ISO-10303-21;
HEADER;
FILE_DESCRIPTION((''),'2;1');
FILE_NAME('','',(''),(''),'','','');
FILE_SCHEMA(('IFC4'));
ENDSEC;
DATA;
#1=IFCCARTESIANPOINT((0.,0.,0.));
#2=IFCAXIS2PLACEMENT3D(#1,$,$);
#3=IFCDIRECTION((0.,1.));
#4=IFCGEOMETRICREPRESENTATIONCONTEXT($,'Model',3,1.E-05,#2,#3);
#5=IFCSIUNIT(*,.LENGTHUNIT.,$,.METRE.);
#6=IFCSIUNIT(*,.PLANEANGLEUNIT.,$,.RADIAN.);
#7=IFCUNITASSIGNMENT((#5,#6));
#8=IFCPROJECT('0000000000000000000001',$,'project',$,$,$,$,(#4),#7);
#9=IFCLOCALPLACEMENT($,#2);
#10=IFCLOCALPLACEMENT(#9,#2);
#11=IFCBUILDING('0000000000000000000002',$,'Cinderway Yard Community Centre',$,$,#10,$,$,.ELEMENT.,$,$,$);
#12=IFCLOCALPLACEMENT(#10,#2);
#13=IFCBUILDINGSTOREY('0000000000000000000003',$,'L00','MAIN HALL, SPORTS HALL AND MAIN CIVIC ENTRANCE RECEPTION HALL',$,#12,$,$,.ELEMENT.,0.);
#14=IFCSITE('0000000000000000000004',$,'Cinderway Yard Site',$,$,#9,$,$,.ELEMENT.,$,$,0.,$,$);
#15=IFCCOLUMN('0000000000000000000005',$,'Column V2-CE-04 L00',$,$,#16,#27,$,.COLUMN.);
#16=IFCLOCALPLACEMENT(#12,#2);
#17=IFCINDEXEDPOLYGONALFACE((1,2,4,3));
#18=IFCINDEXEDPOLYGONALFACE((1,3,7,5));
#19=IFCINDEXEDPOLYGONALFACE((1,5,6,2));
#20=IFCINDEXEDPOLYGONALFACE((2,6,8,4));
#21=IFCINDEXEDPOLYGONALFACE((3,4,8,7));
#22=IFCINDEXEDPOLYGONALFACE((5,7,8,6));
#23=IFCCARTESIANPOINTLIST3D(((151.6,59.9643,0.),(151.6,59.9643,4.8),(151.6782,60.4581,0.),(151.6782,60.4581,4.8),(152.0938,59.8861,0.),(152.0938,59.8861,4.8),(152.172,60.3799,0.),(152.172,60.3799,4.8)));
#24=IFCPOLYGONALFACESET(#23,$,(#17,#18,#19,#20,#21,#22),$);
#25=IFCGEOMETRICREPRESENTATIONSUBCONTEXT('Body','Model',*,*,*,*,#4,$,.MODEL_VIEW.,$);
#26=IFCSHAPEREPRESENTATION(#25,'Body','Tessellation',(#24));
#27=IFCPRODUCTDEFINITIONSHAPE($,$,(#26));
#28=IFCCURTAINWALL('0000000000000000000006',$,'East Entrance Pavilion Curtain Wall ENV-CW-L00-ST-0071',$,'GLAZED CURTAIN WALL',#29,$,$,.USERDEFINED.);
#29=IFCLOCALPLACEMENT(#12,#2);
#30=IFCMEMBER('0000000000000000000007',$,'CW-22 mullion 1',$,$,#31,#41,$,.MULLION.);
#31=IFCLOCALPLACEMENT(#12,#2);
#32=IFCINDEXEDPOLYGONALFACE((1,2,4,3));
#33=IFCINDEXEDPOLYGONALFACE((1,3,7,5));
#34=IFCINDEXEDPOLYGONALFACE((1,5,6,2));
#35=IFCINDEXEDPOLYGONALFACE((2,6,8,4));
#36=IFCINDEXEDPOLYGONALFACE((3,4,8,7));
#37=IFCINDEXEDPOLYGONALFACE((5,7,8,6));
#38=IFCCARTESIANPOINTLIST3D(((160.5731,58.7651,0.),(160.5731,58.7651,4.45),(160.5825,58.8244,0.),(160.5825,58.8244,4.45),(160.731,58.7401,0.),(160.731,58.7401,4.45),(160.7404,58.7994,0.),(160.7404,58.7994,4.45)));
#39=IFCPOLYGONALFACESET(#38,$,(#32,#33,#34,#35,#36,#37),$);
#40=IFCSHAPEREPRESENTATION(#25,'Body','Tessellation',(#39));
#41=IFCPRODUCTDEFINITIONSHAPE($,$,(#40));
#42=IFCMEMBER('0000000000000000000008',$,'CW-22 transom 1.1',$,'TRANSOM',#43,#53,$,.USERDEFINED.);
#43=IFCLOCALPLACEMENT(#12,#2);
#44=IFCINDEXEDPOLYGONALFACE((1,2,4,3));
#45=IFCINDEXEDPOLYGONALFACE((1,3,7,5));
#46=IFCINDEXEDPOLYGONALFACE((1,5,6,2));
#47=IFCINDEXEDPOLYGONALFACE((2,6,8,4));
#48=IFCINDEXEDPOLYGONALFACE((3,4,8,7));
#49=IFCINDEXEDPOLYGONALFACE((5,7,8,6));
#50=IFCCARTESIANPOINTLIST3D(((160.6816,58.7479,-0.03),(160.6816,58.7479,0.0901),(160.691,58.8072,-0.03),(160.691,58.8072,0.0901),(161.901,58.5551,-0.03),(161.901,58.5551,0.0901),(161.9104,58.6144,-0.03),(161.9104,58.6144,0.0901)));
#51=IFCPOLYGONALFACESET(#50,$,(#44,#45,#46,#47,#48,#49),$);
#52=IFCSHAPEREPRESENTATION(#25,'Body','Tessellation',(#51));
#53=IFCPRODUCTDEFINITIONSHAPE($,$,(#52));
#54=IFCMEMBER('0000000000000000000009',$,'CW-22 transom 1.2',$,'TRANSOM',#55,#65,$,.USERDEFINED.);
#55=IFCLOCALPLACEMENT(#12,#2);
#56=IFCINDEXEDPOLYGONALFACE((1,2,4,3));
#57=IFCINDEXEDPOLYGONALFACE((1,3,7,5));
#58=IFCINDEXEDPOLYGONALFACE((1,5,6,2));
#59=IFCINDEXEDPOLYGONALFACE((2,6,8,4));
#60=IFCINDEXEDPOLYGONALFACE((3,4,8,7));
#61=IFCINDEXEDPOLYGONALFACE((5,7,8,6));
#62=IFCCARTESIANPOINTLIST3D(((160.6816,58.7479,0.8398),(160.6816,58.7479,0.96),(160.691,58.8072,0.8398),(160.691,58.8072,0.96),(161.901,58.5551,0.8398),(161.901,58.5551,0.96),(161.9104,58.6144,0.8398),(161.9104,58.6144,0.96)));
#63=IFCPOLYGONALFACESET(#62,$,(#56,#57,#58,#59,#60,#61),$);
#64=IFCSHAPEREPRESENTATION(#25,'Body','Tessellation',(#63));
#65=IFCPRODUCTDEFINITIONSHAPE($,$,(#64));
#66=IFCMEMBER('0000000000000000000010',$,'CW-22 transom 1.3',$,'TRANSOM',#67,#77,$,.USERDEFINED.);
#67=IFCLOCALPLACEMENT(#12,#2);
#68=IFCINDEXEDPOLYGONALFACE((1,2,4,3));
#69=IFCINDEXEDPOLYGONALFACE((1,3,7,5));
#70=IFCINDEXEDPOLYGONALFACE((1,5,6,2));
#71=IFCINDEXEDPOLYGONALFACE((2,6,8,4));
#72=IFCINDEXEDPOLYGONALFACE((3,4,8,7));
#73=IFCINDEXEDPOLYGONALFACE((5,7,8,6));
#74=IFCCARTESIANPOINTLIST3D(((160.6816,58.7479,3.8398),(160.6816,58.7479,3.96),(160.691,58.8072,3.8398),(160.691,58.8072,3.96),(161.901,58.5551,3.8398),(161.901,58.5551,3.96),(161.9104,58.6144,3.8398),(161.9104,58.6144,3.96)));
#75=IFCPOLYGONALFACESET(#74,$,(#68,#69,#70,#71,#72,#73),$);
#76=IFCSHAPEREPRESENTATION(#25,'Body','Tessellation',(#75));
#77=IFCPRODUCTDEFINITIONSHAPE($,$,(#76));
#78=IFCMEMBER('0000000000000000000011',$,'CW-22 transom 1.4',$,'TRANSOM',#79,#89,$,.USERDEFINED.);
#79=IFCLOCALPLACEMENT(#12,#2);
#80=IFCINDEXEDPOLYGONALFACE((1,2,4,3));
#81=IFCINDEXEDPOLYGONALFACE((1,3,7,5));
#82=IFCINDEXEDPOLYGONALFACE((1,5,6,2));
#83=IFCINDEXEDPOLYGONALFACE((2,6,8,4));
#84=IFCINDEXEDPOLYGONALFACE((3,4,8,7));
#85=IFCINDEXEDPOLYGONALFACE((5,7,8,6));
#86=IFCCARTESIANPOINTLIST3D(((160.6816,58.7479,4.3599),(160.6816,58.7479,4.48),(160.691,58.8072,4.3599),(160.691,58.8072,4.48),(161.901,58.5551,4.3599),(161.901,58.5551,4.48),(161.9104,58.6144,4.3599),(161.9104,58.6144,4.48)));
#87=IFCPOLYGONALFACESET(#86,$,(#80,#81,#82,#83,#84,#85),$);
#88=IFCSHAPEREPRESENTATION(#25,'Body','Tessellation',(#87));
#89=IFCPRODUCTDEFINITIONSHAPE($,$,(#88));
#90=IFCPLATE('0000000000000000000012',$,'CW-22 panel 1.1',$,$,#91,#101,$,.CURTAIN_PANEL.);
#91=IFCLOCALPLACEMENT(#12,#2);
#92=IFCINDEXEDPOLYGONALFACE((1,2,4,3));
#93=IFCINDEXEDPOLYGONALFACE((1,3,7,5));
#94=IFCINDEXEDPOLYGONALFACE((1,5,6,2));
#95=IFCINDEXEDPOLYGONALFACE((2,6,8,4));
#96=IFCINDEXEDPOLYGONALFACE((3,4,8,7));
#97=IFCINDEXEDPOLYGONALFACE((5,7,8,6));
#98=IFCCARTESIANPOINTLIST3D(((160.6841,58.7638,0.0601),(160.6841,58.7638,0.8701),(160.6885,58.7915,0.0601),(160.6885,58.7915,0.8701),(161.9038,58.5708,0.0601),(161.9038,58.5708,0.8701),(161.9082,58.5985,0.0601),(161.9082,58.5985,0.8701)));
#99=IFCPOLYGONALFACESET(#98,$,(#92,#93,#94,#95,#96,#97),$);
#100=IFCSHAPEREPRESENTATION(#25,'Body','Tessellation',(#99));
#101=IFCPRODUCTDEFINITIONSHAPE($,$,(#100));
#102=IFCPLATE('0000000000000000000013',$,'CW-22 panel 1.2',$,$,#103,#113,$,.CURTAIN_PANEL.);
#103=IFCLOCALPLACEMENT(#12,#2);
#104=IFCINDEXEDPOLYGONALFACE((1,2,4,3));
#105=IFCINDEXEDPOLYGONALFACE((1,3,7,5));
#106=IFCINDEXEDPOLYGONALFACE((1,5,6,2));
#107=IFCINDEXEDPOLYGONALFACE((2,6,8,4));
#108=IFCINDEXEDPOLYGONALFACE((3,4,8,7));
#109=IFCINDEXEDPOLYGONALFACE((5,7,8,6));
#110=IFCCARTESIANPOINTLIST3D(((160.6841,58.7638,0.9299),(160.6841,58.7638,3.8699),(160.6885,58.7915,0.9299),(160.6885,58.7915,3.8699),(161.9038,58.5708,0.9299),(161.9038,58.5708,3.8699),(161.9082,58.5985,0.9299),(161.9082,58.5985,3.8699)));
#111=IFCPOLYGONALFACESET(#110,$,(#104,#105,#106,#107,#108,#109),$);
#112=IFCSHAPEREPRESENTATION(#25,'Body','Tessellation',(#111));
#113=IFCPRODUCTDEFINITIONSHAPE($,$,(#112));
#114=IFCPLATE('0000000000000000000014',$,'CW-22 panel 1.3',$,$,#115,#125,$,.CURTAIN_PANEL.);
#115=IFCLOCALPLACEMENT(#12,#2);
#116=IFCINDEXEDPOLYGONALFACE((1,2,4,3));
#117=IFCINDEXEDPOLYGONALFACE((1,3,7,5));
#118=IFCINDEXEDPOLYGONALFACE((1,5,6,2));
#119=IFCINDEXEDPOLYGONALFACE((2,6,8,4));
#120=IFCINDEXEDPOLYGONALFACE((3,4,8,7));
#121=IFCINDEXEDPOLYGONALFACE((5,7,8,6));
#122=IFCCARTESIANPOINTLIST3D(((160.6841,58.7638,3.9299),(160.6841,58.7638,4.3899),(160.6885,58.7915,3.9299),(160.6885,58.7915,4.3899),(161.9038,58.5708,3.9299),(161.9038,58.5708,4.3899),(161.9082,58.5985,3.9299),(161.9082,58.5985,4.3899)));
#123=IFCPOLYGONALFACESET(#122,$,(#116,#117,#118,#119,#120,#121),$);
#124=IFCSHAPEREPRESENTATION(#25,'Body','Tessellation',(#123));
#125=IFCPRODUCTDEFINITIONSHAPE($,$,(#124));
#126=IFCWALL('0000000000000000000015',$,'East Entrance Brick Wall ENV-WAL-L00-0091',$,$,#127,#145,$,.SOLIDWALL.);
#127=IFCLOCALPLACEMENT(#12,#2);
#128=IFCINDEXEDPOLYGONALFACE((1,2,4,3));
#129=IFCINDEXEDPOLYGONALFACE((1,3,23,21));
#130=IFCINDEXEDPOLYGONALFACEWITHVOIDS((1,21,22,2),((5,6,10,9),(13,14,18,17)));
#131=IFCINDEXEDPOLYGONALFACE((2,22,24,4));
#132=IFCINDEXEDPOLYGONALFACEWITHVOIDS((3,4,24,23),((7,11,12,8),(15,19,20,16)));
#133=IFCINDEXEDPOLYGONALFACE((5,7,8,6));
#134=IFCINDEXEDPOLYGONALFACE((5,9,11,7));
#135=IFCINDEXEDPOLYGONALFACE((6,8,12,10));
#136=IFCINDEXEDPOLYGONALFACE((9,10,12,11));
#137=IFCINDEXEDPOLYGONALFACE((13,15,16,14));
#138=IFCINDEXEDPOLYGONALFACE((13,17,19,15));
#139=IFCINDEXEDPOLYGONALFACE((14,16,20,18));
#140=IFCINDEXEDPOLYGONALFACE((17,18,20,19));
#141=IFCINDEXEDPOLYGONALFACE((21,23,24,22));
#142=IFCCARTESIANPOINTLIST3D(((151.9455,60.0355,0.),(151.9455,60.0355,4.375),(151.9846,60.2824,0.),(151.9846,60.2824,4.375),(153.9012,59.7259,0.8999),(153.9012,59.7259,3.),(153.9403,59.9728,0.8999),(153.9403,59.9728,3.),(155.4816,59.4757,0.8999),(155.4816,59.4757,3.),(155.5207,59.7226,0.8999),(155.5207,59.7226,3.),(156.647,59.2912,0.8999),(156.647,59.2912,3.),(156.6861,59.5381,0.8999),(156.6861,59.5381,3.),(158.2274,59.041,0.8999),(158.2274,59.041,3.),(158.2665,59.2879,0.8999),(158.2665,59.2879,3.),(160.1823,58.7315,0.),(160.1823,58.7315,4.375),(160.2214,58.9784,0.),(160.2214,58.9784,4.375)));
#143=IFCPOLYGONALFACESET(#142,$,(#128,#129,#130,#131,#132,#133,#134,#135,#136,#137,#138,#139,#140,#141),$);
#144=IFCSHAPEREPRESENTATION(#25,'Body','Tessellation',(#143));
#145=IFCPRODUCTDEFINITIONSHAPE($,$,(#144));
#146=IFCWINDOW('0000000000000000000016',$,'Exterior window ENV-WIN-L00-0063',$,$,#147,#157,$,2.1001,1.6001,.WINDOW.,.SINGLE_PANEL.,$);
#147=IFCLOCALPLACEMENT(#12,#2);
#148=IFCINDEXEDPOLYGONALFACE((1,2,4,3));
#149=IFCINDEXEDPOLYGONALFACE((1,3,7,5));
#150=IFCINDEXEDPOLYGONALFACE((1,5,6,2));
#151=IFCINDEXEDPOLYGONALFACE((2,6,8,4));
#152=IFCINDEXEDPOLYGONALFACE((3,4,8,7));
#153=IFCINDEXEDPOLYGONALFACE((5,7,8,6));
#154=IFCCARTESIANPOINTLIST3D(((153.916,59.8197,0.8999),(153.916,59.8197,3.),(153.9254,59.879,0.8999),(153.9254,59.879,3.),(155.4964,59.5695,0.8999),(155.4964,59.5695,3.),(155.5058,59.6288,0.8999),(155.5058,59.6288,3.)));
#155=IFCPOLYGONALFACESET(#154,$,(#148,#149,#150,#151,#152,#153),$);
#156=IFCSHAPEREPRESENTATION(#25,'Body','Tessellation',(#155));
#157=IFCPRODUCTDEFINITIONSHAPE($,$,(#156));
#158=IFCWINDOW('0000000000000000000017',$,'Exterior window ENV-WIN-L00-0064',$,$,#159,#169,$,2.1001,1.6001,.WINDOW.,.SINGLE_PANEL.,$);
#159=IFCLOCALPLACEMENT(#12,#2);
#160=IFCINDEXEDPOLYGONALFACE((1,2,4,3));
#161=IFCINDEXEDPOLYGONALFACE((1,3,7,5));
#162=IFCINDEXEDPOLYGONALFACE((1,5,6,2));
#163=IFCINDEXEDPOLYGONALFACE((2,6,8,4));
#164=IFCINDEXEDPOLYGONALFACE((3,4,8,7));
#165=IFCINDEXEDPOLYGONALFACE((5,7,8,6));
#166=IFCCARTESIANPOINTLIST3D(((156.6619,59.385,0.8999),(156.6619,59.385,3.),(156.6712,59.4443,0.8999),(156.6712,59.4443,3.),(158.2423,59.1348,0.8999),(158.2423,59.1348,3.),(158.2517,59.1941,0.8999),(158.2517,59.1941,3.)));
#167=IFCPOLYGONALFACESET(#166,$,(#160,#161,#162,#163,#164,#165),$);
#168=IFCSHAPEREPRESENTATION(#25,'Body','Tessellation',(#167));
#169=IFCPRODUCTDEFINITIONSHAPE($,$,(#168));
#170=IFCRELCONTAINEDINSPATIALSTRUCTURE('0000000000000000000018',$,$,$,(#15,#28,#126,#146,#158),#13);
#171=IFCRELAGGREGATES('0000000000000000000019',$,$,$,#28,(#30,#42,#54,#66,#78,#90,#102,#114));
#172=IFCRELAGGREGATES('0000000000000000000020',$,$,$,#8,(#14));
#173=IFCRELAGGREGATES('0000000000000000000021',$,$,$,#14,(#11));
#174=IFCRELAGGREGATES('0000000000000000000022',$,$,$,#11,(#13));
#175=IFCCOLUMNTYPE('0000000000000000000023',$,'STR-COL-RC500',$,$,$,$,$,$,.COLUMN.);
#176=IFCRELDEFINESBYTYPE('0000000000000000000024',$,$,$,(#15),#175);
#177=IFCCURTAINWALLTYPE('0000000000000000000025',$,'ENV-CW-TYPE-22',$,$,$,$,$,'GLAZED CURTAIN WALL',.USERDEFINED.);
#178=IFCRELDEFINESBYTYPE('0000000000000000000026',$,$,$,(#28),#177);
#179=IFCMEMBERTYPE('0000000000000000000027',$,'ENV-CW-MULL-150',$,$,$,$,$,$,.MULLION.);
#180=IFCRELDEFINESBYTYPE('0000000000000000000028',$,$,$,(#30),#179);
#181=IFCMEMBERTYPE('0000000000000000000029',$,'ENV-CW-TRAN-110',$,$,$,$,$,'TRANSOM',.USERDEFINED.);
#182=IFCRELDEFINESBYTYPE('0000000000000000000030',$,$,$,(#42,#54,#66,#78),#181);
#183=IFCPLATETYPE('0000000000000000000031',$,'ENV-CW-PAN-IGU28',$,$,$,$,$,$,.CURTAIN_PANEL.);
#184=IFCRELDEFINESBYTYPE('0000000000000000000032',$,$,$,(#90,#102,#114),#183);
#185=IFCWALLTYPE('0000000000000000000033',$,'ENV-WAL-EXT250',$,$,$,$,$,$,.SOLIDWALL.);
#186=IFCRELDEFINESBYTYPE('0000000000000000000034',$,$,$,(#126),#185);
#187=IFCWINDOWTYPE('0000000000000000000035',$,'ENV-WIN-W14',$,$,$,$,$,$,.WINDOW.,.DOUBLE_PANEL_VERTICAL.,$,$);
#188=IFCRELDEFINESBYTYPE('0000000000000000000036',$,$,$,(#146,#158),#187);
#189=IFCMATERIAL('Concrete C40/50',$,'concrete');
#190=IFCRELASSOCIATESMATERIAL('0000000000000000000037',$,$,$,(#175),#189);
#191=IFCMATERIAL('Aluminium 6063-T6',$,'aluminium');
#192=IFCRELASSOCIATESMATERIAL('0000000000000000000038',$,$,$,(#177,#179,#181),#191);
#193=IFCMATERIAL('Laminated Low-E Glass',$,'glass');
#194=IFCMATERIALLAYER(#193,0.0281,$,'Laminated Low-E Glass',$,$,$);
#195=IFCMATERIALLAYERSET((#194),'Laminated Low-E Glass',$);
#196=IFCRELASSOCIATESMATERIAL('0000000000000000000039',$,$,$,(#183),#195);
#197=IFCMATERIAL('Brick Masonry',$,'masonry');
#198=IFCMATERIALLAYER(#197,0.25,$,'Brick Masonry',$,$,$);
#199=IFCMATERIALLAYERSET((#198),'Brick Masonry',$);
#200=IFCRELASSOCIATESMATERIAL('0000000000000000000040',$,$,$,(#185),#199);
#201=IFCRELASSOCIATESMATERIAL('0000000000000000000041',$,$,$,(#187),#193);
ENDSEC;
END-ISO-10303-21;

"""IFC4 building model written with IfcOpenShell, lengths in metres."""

from ifc_helpers import new_model, si_unit, direction, frame, frame_2d, origin, origin_2d, place, context, subcontext, project, spatial, rectangle, extrude, material, layer, layer_set, material_profile, profile_set, type_object, element, fill, aggregate, save


model = new_model("IFC4")

# Units and contexts
model_context = context("Model", 3, precision=1e-05, world=origin(), true_north=direction((0.0, 1.0)))
body_context = subcontext(model_context, "Body", "Model", "MODEL_VIEW")
ifc_project = project(units=[si_unit("LENGTHUNIT", "METRE"), si_unit("PLANEANGLEUNIT", "RADIAN")], contexts=[model_context])

# Site, building, storey
site_placement = place(None, origin())
site = spatial("IfcSite", under=ifc_project, at=site_placement, Name="Cinderway Yard Site", CompositionType="ELEMENT", RefElevation=0.0)
building_placement = place(site_placement, origin())
building = spatial("IfcBuilding", under=site, at=building_placement, Name="Cinderway Yard Community Centre", CompositionType="ELEMENT")
storey_placement = place(building_placement, origin())
storey = spatial("IfcBuildingStorey", under=building, at=storey_placement, Name="L00", Description="MAIN HALL, SPORTS HALL AND MAIN CIVIC ENTRANCE RECEPTION HALL", CompositionType="ELEMENT", Elevation=0.0)

# Shared definitions
ifc_material_1 = material(Name="Concrete C40/50", Category="concrete")

# Column
ifc_material_profile_1 = material_profile(ifc_material_1, rectangle(XDim=0.5, YDim=0.5, at=origin_2d()), Name="Concrete C40/50")
ifc_profile_set_1 = profile_set([ifc_material_profile_1], Name="Concrete C40/50")
column_type_1 = type_object("IfcColumnType", Name="STR-COL-RC500", PredefinedType="COLUMN", material=ifc_profile_set_1)
column_1_placement = place(storey_placement, frame((151.886, 60.1721, 0.0), z_axis=(0.0, 0.0, 1.0), x_axis=(0.987688, -0.156434, 0.0)))
element("IfcColumn", 1, at=column_1_placement, inside=storey, type_object=column_type_1, Name="Column V2-CE-04 L00", PredefinedType="COLUMN", context=body_context, shape_type="SweptSolid", body=[
    extrude(rectangle(XDim=0.5, YDim=0.5, at=origin_2d()), origin(), (0.0, 0.0, 1.0), 4.8),
])

# Curtain wall, members, plates
ifc_material_2 = material(Name="Aluminium 6063-T6", Category="aluminium")
curtain_wall_type = type_object("IfcCurtainWallType", Name="ENV-CW-TYPE-22", ElementType="GLAZED CURTAIN WALL", PredefinedType="USERDEFINED", material=ifc_material_2)
curtain_wall_placement = place(storey_placement, origin())
curtain_wall = element("IfcCurtainWall", 2, at=curtain_wall_placement, inside=storey, type_object=curtain_wall_type, Name="East Entrance Pavilion Curtain Wall ENV-CW-L00-ST-0071", ObjectType="GLAZED CURTAIN WALL", PredefinedType="USERDEFINED")
ifc_material_profile_2 = material_profile(ifc_material_2, rectangle(XDim=0.0601, YDim=0.1599, at=origin_2d()), Name="Aluminium 6063-T6")
ifc_profile_set_2 = profile_set([ifc_material_profile_2], Name="Aluminium 6063-T6")
member_type_1 = type_object("IfcMemberType", Name="ENV-CW-MULL-150", PredefinedType="MULLION", material=ifc_profile_set_2)
member_1_placement = place(storey_placement, frame((160.6567, 58.7822, 0.0), z_axis=(0.0, 0.0, 1.0), x_axis=(0.156253, 0.987717, 0.0)))
member_1 = element("IfcMember", 3, at=member_1_placement, type_object=member_type_1, Name="CW-22 mullion 1", PredefinedType="MULLION", context=body_context, shape_type="SweptSolid", body=[
    extrude(rectangle(XDim=0.0601, YDim=0.1599, at=origin_2d()), origin(), (0.0, 0.0, 1.0), 4.45),
])
ifc_material_profile_3 = material_profile(ifc_material_2, rectangle(XDim=0.0601, YDim=0.1201, at=origin_2d()), Name="Aluminium 6063-T6")
ifc_profile_set_3 = profile_set([ifc_material_profile_3], Name="Aluminium 6063-T6")
member_type_2 = type_object("IfcMemberType", Name="ENV-CW-TRAN-110", ElementType="TRANSOM", PredefinedType="USERDEFINED", material=ifc_profile_set_3)
member_2_placement = place(storey_placement, frame((160.6863, 58.7776, 0.03), z_axis=(0.987723, -0.156216, 0.0), x_axis=(0.156216, 0.987723, 0.0)))
member_2 = element("IfcMember", 4, at=member_2_placement, type_object=member_type_2, Name="CW-22 transom 1.1", ObjectType="TRANSOM", PredefinedType="USERDEFINED", context=body_context, shape_type="SweptSolid", body=[
    extrude(rectangle(XDim=0.0601, YDim=0.1201, at=origin_2d()), origin(), (0.0, 0.0, 1.0), 1.2346),
])
member_3_placement = place(storey_placement, frame((160.6863, 58.7776, 0.8999), z_axis=(0.987723, -0.156216, 0.0), x_axis=(0.156216, 0.987723, 0.0)))
member_3 = element("IfcMember", 5, at=member_3_placement, type_object=member_type_2, Name="CW-22 transom 1.2", ObjectType="TRANSOM", PredefinedType="USERDEFINED", context=body_context, shape_type="SweptSolid", body=[
    extrude(rectangle(XDim=0.0601, YDim=0.1201, at=origin_2d()), origin(), (0.0, 0.0, 1.0), 1.2346),
])
member_4_placement = place(storey_placement, frame((160.6863, 58.7776, 3.8999), z_axis=(0.987723, -0.156216, 0.0), x_axis=(0.156216, 0.987723, 0.0)))
member_4 = element("IfcMember", 6, at=member_4_placement, type_object=member_type_2, Name="CW-22 transom 1.3", ObjectType="TRANSOM", PredefinedType="USERDEFINED", context=body_context, shape_type="SweptSolid", body=[
    extrude(rectangle(XDim=0.0601, YDim=0.1201, at=origin_2d()), origin(), (0.0, 0.0, 1.0), 1.2346),
])
member_5_placement = place(storey_placement, frame((160.6863, 58.7776, 4.4199), z_axis=(0.987723, -0.156216, 0.0), x_axis=(0.156216, 0.987723, 0.0)))
member_5 = element("IfcMember", 7, at=member_5_placement, type_object=member_type_2, Name="CW-22 transom 1.4", ObjectType="TRANSOM", PredefinedType="USERDEFINED", context=body_context, shape_type="SweptSolid", body=[
    extrude(rectangle(XDim=0.0601, YDim=0.1201, at=origin_2d()), origin(), (0.0, 0.0, 1.0), 1.2346),
])
ifc_material_3 = material(Name="Laminated Low-E Glass", Category="glass")
ifc_layer_1 = layer(ifc_material_3, 0.0281, Name="Laminated Low-E Glass")
ifc_layer_set_1 = layer_set([ifc_layer_1], Name="Laminated Low-E Glass")
plate_type = type_object("IfcPlateType", Name="ENV-CW-PAN-IGU28", PredefinedType="CURTAIN_PANEL", material=ifc_layer_set_1)
plate_1_placement = place(storey_placement, frame((161.2961, 58.6812, 0.0601), z_axis=(0.0, 0.0, 1.0), x_axis=(0.987717, -0.156253, 0.0)))
plate_1 = element("IfcPlate", 8, at=plate_1_placement, type_object=plate_type, Name="CW-22 panel 1.1", PredefinedType="CURTAIN_PANEL", context=body_context, shape_type="SweptSolid", body=[
    extrude(rectangle(XDim=1.2349, YDim=0.0281, at=origin_2d()), origin(), (0.0, 0.0, 1.0), 0.8101),
])
plate_2_placement = place(storey_placement, frame((161.2961, 58.6812, 0.9299), z_axis=(0.0, 0.0, 1.0), x_axis=(0.987717, -0.156253, 0.0)))
plate_2 = element("IfcPlate", 9, at=plate_2_placement, type_object=plate_type, Name="CW-22 panel 1.2", PredefinedType="CURTAIN_PANEL", context=body_context, shape_type="SweptSolid", body=[
    extrude(rectangle(XDim=1.2349, YDim=0.0281, at=origin_2d()), origin(), (0.0, 0.0, 1.0), 2.9399),
])
plate_3_placement = place(storey_placement, frame((161.2961, 58.6812, 3.9299), z_axis=(0.0, 0.0, 1.0), x_axis=(0.987717, -0.156253, 0.0)))
plate_3 = element("IfcPlate", 10, at=plate_3_placement, type_object=plate_type, Name="CW-22 panel 1.3", PredefinedType="CURTAIN_PANEL", context=body_context, shape_type="SweptSolid", body=[
    extrude(rectangle(XDim=1.2349, YDim=0.0281, at=origin_2d()), origin(), (0.0, 0.0, 1.0), 0.46),
])
aggregate(curtain_wall, [member_1, member_2, member_3, member_4, member_5, plate_1, plate_2, plate_3])

# Wall, openings, windows
ifc_material_4 = material(Name="Brick Masonry", Category="masonry")
ifc_layer_2 = layer(ifc_material_4, 0.25, Name="Brick Masonry")
ifc_layer_set_2 = layer_set([ifc_layer_2], Name="Brick Masonry")
wall_type = type_object("IfcWallType", Name="ENV-WAL-EXT250", PredefinedType="SOLIDWALL", material=ifc_layer_set_2)
wall_placement = place(storey_placement, frame((151.9651, 60.1589, 0.0), z_axis=(0.0, 0.0, 1.0), x_axis=(0.9877, -0.156361, 0.0)))
wall = element("IfcWall", 11, at=wall_placement, inside=storey, type_object=wall_type, Name="East Entrance Brick Wall ENV-WAL-L00-0091", PredefinedType="SOLIDWALL", context=body_context, shape_type="SweptSolid", body=[
    extrude(rectangle(XDim=8.3394, YDim=0.25, at=frame_2d((4.1697, 0.0))), origin(), (0.0, 0.0, 1.0), 4.375),
])
opening_1_placement = place(wall_placement, frame((1.98, 0.0, 0.8999)))
opening_1 = element("IfcOpeningElement", 12, at=opening_1_placement, cuts=wall, PredefinedType="OPENING", context=body_context, shape_type="SweptSolid", body=[
    extrude(rectangle(XDim=1.6001, YDim=2.1001, at=frame_2d((0.8, 1.05))), frame((0.0, 0.135, 0.0), z_axis=(0.0, -1.0, 0.0), x_axis=(1.0, 0.0, 0.0)), (0.0, 0.0, 1.0), 0.27),
])
opening_2_placement = place(wall_placement, frame((4.76, 0.0, 0.8999)))
opening_2 = element("IfcOpeningElement", 13, at=opening_2_placement, cuts=wall, PredefinedType="OPENING", context=body_context, shape_type="SweptSolid", body=[
    extrude(rectangle(XDim=1.6001, YDim=2.1001, at=frame_2d((0.8, 1.05))), frame((0.0, 0.135, 0.0), z_axis=(0.0, -1.0, 0.0), x_axis=(1.0, 0.0, 0.0)), (0.0, 0.0, 1.0), 0.27),
])
window_type = type_object("IfcWindowType", Name="ENV-WIN-W14", PartitioningType="DOUBLE_PANEL_VERTICAL", PredefinedType="WINDOW", material=ifc_material_3)
window_1_placement = place(opening_1_placement, origin())
window_1 = element("IfcWindow", 14, at=window_1_placement, inside=storey, type_object=window_type, Name="Exterior window ENV-WIN-L00-0063", OverallHeight=2.1001, OverallWidth=1.6001, PartitioningType="SINGLE_PANEL", PredefinedType="WINDOW", context=body_context, shape_type="SweptSolid", body=[
    extrude(rectangle(XDim=1.6001, YDim=2.1001, at=frame_2d((0.8, 1.05))), frame((0.0, 0.03, 0.0), z_axis=(0.0, -1.0, 0.0), x_axis=(1.0, 0.0, 0.0)), (0.0, 0.0, 1.0), 0.0601),
])
fill(opening_1, window_1)
window_2_placement = place(opening_2_placement, origin())
window_2 = element("IfcWindow", 15, at=window_2_placement, inside=storey, type_object=window_type, Name="Exterior window ENV-WIN-L00-0064", OverallHeight=2.1001, OverallWidth=1.6001, PartitioningType="SINGLE_PANEL", PredefinedType="WINDOW", context=body_context, shape_type="SweptSolid", body=[
    extrude(rectangle(XDim=1.6001, YDim=2.1001, at=frame_2d((0.8, 1.05))), frame((0.0, 0.03, 0.0), z_axis=(0.0, -1.0, 0.0), x_axis=(1.0, 0.0, 0.0)), (0.0, 0.0, 1.0), 0.0601),
])
fill(opening_2, window_2)

save(model, "model.ifc")
